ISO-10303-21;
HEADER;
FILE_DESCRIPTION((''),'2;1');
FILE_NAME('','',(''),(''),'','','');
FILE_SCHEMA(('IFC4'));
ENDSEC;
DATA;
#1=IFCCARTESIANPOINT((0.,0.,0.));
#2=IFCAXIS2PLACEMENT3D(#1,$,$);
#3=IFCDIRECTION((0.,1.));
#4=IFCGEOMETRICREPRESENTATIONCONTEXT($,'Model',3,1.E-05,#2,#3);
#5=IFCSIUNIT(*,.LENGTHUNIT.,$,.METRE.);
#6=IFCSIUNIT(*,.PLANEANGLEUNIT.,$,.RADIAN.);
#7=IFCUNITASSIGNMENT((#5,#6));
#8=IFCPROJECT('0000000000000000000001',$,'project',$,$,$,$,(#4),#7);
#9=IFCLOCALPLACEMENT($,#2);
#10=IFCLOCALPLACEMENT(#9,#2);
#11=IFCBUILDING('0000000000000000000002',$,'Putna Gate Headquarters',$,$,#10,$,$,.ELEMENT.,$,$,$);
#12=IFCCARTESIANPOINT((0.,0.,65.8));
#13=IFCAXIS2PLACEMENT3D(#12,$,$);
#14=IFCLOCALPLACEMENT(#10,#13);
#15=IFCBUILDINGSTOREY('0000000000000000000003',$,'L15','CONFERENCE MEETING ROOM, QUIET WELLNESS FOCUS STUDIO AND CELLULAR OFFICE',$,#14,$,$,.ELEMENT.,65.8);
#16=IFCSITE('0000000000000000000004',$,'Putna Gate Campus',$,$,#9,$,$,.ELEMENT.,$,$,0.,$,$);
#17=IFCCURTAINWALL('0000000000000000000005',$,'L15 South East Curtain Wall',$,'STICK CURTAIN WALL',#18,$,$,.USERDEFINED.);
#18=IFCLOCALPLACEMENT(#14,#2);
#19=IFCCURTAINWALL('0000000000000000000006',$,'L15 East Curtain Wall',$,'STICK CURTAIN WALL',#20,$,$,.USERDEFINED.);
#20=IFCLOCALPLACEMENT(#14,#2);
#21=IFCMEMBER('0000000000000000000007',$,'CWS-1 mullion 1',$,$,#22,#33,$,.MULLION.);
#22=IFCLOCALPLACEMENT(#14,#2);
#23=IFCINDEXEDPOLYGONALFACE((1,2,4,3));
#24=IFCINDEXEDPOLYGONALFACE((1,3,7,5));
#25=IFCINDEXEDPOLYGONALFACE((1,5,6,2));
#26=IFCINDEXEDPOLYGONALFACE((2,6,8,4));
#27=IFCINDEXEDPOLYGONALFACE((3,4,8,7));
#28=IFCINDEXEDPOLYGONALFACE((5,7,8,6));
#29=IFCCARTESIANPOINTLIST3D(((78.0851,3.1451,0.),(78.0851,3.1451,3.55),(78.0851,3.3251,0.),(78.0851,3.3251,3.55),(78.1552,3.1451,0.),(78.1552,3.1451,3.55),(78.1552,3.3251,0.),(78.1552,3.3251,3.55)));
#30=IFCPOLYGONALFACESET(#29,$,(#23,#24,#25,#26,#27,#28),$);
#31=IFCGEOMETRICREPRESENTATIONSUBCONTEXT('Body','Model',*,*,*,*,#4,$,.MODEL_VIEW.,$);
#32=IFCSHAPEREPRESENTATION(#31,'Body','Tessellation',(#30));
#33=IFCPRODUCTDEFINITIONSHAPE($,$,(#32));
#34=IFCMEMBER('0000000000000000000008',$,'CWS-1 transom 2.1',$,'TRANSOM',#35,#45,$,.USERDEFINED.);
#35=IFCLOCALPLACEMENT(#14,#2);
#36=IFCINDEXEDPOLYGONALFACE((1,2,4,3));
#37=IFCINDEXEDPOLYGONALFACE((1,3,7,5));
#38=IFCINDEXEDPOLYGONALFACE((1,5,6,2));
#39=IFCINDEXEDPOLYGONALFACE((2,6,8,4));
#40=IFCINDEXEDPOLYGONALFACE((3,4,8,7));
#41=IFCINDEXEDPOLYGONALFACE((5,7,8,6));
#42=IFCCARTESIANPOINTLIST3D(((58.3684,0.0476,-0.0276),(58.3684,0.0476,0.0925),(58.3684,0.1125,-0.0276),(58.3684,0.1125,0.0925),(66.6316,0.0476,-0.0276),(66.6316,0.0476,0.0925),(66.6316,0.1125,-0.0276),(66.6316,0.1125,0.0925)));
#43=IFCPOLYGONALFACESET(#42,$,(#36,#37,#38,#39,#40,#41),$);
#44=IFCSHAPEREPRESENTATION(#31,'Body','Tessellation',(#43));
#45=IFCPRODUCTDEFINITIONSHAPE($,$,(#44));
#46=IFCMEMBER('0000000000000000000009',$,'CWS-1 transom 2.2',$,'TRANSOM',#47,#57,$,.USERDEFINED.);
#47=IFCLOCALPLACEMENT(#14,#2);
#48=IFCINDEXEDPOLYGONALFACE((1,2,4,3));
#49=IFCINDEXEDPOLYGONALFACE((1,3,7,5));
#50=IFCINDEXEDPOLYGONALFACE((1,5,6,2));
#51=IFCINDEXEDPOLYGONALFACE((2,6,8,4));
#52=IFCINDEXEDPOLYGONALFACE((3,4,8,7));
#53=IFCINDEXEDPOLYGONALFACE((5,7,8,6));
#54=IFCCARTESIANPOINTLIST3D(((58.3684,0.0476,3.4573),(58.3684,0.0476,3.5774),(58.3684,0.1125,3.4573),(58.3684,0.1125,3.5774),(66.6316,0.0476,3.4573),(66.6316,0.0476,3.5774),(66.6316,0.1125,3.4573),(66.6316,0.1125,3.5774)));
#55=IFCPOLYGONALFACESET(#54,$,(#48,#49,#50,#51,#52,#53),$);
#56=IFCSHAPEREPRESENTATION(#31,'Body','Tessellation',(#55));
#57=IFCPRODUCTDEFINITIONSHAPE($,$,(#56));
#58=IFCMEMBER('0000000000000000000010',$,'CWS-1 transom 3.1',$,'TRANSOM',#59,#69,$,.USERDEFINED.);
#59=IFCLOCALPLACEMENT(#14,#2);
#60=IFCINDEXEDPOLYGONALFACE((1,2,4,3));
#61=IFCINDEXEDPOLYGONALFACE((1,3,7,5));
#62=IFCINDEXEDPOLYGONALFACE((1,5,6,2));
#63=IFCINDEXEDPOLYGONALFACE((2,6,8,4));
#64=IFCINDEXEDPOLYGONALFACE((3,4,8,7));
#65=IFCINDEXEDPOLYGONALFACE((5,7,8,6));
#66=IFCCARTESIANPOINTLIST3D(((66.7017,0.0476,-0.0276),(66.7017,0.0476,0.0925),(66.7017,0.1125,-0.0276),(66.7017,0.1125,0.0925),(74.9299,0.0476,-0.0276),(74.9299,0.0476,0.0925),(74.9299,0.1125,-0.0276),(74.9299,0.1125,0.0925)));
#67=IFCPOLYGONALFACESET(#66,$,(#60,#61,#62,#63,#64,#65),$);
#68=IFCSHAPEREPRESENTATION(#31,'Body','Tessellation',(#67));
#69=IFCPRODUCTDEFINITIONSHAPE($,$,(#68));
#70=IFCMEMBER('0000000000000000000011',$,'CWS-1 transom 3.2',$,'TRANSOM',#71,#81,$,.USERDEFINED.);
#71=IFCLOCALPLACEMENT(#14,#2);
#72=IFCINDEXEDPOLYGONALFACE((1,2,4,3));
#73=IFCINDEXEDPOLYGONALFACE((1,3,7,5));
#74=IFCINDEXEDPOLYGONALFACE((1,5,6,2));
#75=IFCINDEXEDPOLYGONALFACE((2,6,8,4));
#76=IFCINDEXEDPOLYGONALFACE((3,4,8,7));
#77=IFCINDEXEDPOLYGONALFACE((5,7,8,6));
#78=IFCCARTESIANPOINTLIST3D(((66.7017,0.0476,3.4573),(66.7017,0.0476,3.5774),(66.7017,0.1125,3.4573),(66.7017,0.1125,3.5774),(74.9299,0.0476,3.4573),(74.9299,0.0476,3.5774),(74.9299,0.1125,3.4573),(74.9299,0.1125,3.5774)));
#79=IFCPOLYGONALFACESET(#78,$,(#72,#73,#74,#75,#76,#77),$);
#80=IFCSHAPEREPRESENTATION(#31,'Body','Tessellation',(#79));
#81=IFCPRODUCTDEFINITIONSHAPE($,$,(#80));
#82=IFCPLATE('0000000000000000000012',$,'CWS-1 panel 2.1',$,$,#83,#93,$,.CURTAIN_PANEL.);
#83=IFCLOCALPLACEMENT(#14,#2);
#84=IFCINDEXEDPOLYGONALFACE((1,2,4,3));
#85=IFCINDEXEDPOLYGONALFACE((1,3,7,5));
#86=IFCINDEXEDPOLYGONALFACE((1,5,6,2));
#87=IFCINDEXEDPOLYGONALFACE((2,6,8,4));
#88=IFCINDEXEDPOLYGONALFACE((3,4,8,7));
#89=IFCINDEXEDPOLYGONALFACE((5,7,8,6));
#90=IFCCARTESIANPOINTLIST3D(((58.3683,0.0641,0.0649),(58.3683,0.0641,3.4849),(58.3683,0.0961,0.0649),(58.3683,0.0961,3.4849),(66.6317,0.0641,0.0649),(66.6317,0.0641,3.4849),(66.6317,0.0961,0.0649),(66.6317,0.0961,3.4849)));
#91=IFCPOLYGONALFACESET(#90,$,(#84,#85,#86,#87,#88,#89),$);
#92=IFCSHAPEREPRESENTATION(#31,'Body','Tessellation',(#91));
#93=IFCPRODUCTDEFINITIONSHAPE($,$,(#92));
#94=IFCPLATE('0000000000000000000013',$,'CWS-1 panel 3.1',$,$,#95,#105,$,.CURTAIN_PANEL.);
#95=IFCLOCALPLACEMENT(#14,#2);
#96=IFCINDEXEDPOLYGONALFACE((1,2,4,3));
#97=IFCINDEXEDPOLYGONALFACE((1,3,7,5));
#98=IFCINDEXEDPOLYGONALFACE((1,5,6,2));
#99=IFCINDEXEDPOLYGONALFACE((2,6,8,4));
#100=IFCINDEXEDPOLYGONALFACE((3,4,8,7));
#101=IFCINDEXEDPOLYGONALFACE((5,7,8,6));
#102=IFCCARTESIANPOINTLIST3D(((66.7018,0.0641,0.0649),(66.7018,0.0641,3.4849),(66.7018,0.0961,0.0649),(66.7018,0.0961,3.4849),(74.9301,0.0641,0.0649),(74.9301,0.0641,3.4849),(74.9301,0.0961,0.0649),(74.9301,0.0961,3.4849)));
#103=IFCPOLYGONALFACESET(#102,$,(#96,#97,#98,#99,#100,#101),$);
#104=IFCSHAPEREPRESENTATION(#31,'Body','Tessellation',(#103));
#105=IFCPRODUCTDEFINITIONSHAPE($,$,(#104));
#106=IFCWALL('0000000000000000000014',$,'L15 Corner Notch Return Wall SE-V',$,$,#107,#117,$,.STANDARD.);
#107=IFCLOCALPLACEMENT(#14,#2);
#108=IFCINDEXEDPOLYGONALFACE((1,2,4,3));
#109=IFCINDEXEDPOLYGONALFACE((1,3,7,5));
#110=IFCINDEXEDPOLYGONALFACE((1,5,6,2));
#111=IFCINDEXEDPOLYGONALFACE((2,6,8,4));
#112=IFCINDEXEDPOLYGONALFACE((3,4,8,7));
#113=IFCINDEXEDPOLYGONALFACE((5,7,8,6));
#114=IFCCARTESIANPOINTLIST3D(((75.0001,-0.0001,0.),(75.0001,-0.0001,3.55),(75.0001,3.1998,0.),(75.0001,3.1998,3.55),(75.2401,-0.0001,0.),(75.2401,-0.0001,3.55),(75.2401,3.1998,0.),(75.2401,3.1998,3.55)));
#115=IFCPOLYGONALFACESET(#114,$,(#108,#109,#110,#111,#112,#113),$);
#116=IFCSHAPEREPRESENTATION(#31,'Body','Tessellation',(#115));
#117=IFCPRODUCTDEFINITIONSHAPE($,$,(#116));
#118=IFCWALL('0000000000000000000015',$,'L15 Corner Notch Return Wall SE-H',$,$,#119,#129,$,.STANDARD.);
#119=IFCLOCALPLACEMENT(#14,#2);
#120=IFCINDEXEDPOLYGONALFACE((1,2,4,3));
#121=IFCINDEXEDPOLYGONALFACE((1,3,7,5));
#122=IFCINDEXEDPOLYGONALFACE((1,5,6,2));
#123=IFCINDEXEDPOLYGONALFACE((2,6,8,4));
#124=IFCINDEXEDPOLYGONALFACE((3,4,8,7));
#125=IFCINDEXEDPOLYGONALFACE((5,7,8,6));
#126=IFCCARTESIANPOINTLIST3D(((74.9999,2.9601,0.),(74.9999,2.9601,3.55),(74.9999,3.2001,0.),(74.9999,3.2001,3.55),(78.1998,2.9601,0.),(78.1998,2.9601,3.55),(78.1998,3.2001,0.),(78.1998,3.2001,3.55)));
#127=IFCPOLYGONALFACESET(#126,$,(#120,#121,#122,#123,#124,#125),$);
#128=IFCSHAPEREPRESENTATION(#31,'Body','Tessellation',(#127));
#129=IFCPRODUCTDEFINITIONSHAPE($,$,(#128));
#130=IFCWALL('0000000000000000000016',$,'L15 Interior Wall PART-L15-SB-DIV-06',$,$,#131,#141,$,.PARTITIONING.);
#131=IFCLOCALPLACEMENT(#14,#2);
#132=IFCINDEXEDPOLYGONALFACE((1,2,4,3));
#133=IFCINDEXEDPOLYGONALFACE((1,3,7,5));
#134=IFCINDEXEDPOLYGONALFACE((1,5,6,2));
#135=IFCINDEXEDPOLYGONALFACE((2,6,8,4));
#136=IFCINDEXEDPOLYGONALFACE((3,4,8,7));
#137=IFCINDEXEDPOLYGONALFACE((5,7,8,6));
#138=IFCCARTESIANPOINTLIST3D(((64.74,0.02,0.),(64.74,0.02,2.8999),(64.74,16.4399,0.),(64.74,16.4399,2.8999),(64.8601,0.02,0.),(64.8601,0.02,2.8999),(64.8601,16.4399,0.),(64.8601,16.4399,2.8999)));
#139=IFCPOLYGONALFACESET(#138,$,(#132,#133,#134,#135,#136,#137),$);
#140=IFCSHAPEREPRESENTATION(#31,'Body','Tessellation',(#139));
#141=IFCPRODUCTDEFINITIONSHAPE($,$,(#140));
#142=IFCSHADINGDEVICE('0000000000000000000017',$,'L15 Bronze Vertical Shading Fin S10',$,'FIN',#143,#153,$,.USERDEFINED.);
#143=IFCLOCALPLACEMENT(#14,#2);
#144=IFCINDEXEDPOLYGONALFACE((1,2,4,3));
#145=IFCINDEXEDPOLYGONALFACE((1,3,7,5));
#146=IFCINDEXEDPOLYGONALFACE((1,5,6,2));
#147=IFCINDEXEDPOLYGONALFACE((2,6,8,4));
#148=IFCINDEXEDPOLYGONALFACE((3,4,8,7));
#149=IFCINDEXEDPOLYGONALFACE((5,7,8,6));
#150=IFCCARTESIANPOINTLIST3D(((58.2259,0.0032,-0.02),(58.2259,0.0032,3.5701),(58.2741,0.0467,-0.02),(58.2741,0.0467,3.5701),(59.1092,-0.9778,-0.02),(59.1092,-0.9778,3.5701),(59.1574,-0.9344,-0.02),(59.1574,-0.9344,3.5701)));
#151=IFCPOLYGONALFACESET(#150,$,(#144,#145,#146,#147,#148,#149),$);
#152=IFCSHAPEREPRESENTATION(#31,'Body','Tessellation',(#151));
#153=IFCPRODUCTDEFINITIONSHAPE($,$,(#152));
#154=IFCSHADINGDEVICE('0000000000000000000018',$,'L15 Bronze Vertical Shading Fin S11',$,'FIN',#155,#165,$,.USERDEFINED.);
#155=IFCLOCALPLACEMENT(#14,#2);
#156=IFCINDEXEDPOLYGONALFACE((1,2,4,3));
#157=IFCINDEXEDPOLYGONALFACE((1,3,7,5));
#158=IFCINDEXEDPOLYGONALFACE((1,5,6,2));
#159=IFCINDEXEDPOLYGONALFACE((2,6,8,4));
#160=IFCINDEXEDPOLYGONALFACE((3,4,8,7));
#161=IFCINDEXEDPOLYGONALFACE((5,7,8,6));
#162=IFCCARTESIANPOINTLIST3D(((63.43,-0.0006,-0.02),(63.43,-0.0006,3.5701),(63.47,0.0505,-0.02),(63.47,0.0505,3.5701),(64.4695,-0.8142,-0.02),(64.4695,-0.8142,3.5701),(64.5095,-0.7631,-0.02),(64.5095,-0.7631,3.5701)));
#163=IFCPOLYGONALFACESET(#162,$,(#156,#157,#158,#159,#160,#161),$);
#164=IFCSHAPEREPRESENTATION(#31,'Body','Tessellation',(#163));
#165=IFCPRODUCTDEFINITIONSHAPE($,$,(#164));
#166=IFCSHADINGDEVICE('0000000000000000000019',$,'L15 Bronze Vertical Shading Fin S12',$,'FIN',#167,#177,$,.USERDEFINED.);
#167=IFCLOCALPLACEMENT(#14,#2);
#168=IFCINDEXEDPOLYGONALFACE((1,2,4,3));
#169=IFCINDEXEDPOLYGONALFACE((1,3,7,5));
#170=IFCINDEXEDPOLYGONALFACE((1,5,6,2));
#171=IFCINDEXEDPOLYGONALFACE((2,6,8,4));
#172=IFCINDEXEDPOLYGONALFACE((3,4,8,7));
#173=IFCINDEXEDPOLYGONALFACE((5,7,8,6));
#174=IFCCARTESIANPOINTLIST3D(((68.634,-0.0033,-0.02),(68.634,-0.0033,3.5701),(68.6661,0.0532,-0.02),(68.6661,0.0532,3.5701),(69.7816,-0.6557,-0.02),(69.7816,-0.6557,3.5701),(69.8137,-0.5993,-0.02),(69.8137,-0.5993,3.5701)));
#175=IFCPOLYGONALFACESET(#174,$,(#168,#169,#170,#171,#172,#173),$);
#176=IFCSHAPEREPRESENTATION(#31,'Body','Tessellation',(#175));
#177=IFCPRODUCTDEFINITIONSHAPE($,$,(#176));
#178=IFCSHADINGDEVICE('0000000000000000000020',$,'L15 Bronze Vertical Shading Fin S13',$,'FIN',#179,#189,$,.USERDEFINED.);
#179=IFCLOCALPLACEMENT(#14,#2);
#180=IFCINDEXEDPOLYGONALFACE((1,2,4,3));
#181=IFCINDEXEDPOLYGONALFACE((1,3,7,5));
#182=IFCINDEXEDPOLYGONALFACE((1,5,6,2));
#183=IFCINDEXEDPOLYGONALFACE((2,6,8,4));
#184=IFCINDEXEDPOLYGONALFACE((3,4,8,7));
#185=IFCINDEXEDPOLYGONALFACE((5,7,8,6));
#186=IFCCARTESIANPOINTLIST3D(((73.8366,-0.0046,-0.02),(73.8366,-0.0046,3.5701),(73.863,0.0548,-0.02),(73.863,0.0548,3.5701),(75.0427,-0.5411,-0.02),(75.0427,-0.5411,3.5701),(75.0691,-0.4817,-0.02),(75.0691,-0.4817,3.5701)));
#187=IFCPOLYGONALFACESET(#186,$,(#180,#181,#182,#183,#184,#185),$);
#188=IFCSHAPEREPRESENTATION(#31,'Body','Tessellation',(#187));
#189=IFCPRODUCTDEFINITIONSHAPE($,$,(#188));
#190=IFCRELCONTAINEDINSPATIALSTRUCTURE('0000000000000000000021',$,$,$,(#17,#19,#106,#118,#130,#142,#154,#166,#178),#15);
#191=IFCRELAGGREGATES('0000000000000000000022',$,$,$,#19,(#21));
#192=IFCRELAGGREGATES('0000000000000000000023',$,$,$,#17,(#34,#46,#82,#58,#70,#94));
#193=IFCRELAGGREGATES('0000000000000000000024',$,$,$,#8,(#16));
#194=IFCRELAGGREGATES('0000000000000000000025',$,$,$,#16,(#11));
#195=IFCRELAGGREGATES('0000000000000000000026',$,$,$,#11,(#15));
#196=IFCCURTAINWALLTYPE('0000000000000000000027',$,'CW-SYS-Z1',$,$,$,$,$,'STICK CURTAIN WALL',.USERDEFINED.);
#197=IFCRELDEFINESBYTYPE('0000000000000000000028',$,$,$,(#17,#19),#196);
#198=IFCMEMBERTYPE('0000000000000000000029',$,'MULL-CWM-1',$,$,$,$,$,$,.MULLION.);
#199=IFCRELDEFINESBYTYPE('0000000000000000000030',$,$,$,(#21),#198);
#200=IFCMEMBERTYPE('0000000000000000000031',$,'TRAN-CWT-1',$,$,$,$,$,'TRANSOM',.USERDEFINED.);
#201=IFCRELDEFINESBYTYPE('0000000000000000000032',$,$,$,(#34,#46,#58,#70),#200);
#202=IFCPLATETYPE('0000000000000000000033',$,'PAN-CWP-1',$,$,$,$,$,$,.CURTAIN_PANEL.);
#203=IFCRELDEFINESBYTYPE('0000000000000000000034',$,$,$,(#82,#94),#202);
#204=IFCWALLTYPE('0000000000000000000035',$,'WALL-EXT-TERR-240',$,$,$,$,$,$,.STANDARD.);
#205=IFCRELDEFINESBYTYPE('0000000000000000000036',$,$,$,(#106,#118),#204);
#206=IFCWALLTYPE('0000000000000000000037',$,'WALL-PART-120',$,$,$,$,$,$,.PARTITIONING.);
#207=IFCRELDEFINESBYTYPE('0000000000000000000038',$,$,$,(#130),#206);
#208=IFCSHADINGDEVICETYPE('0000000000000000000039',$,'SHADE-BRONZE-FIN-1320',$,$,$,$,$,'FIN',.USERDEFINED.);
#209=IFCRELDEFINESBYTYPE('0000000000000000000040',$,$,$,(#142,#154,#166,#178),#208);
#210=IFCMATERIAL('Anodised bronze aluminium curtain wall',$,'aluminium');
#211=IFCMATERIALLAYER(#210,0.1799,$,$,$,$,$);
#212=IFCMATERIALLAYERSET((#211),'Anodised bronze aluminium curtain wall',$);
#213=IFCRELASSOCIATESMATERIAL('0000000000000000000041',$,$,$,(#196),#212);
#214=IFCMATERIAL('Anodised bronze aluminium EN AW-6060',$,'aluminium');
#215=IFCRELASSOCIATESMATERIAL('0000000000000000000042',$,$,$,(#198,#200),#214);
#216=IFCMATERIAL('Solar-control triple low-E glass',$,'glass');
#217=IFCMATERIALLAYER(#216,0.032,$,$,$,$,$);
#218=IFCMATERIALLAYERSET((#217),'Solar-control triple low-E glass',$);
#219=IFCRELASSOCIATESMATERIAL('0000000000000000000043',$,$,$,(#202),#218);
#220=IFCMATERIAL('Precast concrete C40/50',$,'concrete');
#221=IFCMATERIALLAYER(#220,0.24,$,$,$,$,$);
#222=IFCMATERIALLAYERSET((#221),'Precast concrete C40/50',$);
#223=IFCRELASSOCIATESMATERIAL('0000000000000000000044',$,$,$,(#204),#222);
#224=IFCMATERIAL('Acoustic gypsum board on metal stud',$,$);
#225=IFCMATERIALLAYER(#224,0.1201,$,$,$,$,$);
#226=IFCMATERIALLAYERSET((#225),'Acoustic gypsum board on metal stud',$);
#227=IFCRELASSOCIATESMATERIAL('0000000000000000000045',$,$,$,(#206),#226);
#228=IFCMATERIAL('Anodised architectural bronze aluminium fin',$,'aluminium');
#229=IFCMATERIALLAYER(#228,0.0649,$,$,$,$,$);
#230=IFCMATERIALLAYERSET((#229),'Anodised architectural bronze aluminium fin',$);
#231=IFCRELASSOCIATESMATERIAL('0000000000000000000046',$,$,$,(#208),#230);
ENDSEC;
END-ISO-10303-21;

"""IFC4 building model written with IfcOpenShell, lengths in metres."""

from ifc_helpers import new_model, si_unit, direction, frame, frame_2d, origin, origin_2d, place, context, subcontext, project, spatial, rectangle, extrude, material, layer, layer_set, material_profile, profile_set, type_object, element, aggregate, save


model = new_model("IFC4")

# Units and contexts
model_context = context("Model", 3, precision=1e-05, world=origin(), true_north=direction((0.0, 1.0)))
body_context = subcontext(model_context, "Body", "Model", "MODEL_VIEW")
ifc_project = project(units=[si_unit("LENGTHUNIT", "METRE"), si_unit("PLANEANGLEUNIT", "RADIAN")], contexts=[model_context])

# Site, building, storey
site_placement = place(None, origin())
site = spatial("IfcSite", under=ifc_project, at=site_placement, Name="Putna Gate Campus", CompositionType="ELEMENT", RefElevation=0.0)
building_placement = place(site_placement, origin())
building = spatial("IfcBuilding", under=site, at=building_placement, Name="Putna Gate Headquarters", CompositionType="ELEMENT")
storey_placement = place(building_placement, frame((0.0, 0.0, 65.8)))
storey = spatial("IfcBuildingStorey", under=building, at=storey_placement, Name="L15", Description="CONFERENCE MEETING ROOM, QUIET WELLNESS FOCUS STUDIO AND CELLULAR OFFICE", CompositionType="ELEMENT", Elevation=65.8)

# Curtain wall
ifc_material_1 = material(Name="Anodised bronze aluminium curtain wall", Category="aluminium")
ifc_layer_1 = layer(ifc_material_1, 0.1799)
ifc_layer_set_1 = layer_set([ifc_layer_1], Name="Anodised bronze aluminium curtain wall")
curtain_wall_type = type_object("IfcCurtainWallType", Name="CW-SYS-Z1", ElementType="STICK CURTAIN WALL", PredefinedType="USERDEFINED", material=ifc_layer_set_1)
curtain_wall_1_placement = place(storey_placement, origin())
curtain_wall_1 = element("IfcCurtainWall", 1, at=curtain_wall_1_placement, inside=storey, type_object=curtain_wall_type, Name="L15 South East Curtain Wall", ObjectType="STICK CURTAIN WALL", PredefinedType="USERDEFINED")
ifc_material_2 = material(Name="Anodised bronze aluminium EN AW-6060", Category="aluminium")
ifc_material_profile_1 = material_profile(ifc_material_2, rectangle(XDim=0.0701, YDim=0.1799, at=origin_2d()), Name="Anodised bronze aluminium EN AW-6060")
ifc_profile_set_1 = profile_set([ifc_material_profile_1], Name="Anodised bronze aluminium EN AW-6060")
member_type_1 = type_object("IfcMemberType", Name="MULL-CWM-1", PredefinedType="MULLION", material=ifc_profile_set_1)

# Curtain wall, member
curtain_wall_2_placement = place(storey_placement, origin())
curtain_wall_2 = element("IfcCurtainWall", 2, at=curtain_wall_2_placement, inside=storey, type_object=curtain_wall_type, Name="L15 East Curtain Wall", ObjectType="STICK CURTAIN WALL", PredefinedType="USERDEFINED")
member_1_placement = place(storey_placement, frame((78.1201, 3.2351, 0.0), z_axis=(0.0, 0.0, 1.0), x_axis=(-1.0, 0.0, 0.0)))
member_1 = element("IfcMember", 3, at=member_1_placement, type_object=member_type_1, Name="CWS-1 mullion 1", PredefinedType="MULLION", context=body_context, shape_type="SweptSolid", body=[
    extrude(rectangle(XDim=0.0701, YDim=0.1799, at=origin_2d()), origin(), (0.0, 0.0, 1.0), 3.55),
])
aggregate(curtain_wall_2, [member_1])

# Members
ifc_material_profile_2 = material_profile(ifc_material_2, rectangle(XDim=0.0649, YDim=0.1201, at=origin_2d()), Name="Anodised bronze aluminium EN AW-6060")
ifc_profile_set_2 = profile_set([ifc_material_profile_2], Name="Anodised bronze aluminium EN AW-6060")
member_type_2 = type_object("IfcMemberType", Name="TRAN-CWT-1", ElementType="TRANSOM", PredefinedType="USERDEFINED", material=ifc_profile_set_2)
member_2_placement = place(storey_placement, frame((58.3684, 0.0801, 0.0325), z_axis=(1.0, 0.0, 0.0), x_axis=(0.0, 1.0, 0.0)))
member_2 = element("IfcMember", 4, at=member_2_placement, type_object=member_type_2, Name="CWS-1 transom 2.1", ObjectType="TRANSOM", PredefinedType="USERDEFINED", context=body_context, shape_type="SweptSolid", body=[
    extrude(rectangle(XDim=0.0649, YDim=0.1201, at=origin_2d()), origin(), (0.0, 0.0, 1.0), 8.2632),
])
member_3_placement = place(storey_placement, frame((58.3684, 0.0801, 3.5173), z_axis=(1.0, 0.0, 0.0), x_axis=(0.0, 1.0, 0.0)))
member_3 = element("IfcMember", 5, at=member_3_placement, type_object=member_type_2, Name="CWS-1 transom 2.2", ObjectType="TRANSOM", PredefinedType="USERDEFINED", context=body_context, shape_type="SweptSolid", body=[
    extrude(rectangle(XDim=0.0649, YDim=0.1201, at=origin_2d()), origin(), (0.0, 0.0, 1.0), 8.2632),
])
member_4_placement = place(storey_placement, frame((66.7017, 0.0801, 0.0325), z_axis=(1.0, 0.0, 0.0), x_axis=(0.0, 1.0, 0.0)))
member_4 = element("IfcMember", 6, at=member_4_placement, type_object=member_type_2, Name="CWS-1 transom 3.1", ObjectType="TRANSOM", PredefinedType="USERDEFINED", context=body_context, shape_type="SweptSolid", body=[
    extrude(rectangle(XDim=0.0649, YDim=0.1201, at=origin_2d()), origin(), (0.0, 0.0, 1.0), 8.2283),
])
member_5_placement = place(storey_placement, frame((66.7017, 0.0801, 3.5173), z_axis=(1.0, 0.0, 0.0), x_axis=(0.0, 1.0, 0.0)))
member_5 = element("IfcMember", 7, at=member_5_placement, type_object=member_type_2, Name="CWS-1 transom 3.2", ObjectType="TRANSOM", PredefinedType="USERDEFINED", context=body_context, shape_type="SweptSolid", body=[
    extrude(rectangle(XDim=0.0649, YDim=0.1201, at=origin_2d()), origin(), (0.0, 0.0, 1.0), 8.2283),
])

# Plates
ifc_material_3 = material(Name="Solar-control triple low-E glass", Category="glass")
ifc_layer_2 = layer(ifc_material_3, 0.032)
ifc_layer_set_2 = layer_set([ifc_layer_2], Name="Solar-control triple low-E glass")
plate_type = type_object("IfcPlateType", Name="PAN-CWP-1", PredefinedType="CURTAIN_PANEL", material=ifc_layer_set_2)
plate_1_placement = place(storey_placement, frame((62.5, 0.0801, 0.0649), z_axis=(0.0, 0.0, 1.0), x_axis=(1.0, 0.0, 0.0)))
plate_1 = element("IfcPlate", 8, at=plate_1_placement, type_object=plate_type, Name="CWS-1 panel 2.1", PredefinedType="CURTAIN_PANEL", context=body_context, shape_type="SweptSolid", body=[
    extrude(rectangle(XDim=8.2634, YDim=0.032, at=origin_2d()), origin(), (0.0, 0.0, 1.0), 3.4199),
])
plate_2_placement = place(storey_placement, frame((70.8159, 0.0801, 0.0649), z_axis=(0.0, 0.0, 1.0), x_axis=(1.0, 0.0, 0.0)))
plate_2 = element("IfcPlate", 9, at=plate_2_placement, type_object=plate_type, Name="CWS-1 panel 3.1", PredefinedType="CURTAIN_PANEL", context=body_context, shape_type="SweptSolid", body=[
    extrude(rectangle(XDim=8.2283, YDim=0.032, at=origin_2d()), origin(), (0.0, 0.0, 1.0), 3.4199),
])
aggregate(curtain_wall_1, [member_2, member_3, plate_1, member_4, member_5, plate_2])

# Walls
ifc_material_4 = material(Name="Precast concrete C40/50", Category="concrete")
ifc_layer_3 = layer(ifc_material_4, 0.24)
ifc_layer_set_3 = layer_set([ifc_layer_3], Name="Precast concrete C40/50")
wall_type_1 = type_object("IfcWallType", Name="WALL-EXT-TERR-240", PredefinedType="STANDARD", material=ifc_layer_set_3)
for number, where, z_axis, x_axis, name in (
    (10, (75.1201, 3.2, 0.0), (0.0, 0.0, 1.0), (0.0, -1.0, 0.0), "L15 Corner Notch Return Wall SE-V"),
    (11, (78.2, 3.0801, 0.0), (0.0, 0.0, 1.0), (-1.0, 0.0, 0.0), "L15 Corner Notch Return Wall SE-H"),
):
    element("IfcWall", number, at=place(storey_placement, frame(where, z_axis=z_axis, x_axis=x_axis)), inside=storey, type_object=wall_type_1, Name=name, PredefinedType="STANDARD", context=body_context, shape_type="SweptSolid", body=[
        extrude(rectangle(XDim=3.2, YDim=0.24, at=frame_2d((1.6001, 0.0))), origin(), (0.0, 0.0, 1.0), 3.55),
    ])
ifc_material_5 = material(Name="Acoustic gypsum board on metal stud")
ifc_layer_4 = layer(ifc_material_5, 0.1201)
ifc_layer_set_4 = layer_set([ifc_layer_4], Name="Acoustic gypsum board on metal stud")
wall_type_2 = type_object("IfcWallType", Name="WALL-PART-120", PredefinedType="PARTITIONING", material=ifc_layer_set_4)
wall_placement = place(storey_placement, frame((64.8, 0.02, 0.0), z_axis=(0.0, 0.0, 1.0), x_axis=(0.0, 1.0, 0.0)))
element("IfcWall", 12, at=wall_placement, inside=storey, type_object=wall_type_2, Name="L15 Interior Wall PART-L15-SB-DIV-06", PredefinedType="PARTITIONING", context=body_context, shape_type="SweptSolid", body=[
    extrude(rectangle(XDim=16.4199, YDim=0.1201, at=frame_2d((8.21, 0.0))), origin(), (0.0, 0.0, 1.0), 2.8999),
])

# Shading devices
ifc_material_6 = material(Name="Anodised architectural bronze aluminium fin", Category="aluminium")
ifc_layer_5 = layer(ifc_material_6, 0.0649)
ifc_layer_set_5 = layer_set([ifc_layer_5], Name="Anodised architectural bronze aluminium fin")
shading_device_type = type_object("IfcShadingDeviceType", Name="SHADE-BRONZE-FIN-1320", ElementType="FIN", PredefinedType="USERDEFINED", material=ifc_layer_set_5)
for number, where, z_axis, x_axis, name in (
    (13, (58.6917, -0.4656, -0.02), (0.0, 0.0, 1.0), (0.669131, -0.743145, 0.0), "L15 Bronze Vertical Shading Fin S10"),
    (14, (63.9697, -0.3818, -0.02), (0.0, 0.0, 1.0), (0.787473, -0.616349, 0.0), "L15 Bronze Vertical Shading Fin S11"),
    (15, (69.2239, -0.3013, -0.02), (0.0, 0.0, 1.0), (0.869322, -0.494245, 0.0), "L15 Bronze Vertical Shading Fin S12"),
    (16, (74.4529, -0.2432, -0.02), (0.0, 0.0, 1.0), (0.913687, -0.406418, 0.0), "L15 Bronze Vertical Shading Fin S13"),
):
    element("IfcShadingDevice", number, at=place(storey_placement, frame(where, z_axis=z_axis, x_axis=x_axis)), inside=storey, type_object=shading_device_type, Name=name, ObjectType="FIN", PredefinedType="USERDEFINED", context=body_context, shape_type="SweptSolid", body=[
        extrude(rectangle(XDim=1.3201, YDim=0.0649, at=origin_2d()), origin(), (0.0, 0.0, 1.0), 3.5901),
    ])

save(model, "model.ifc")
